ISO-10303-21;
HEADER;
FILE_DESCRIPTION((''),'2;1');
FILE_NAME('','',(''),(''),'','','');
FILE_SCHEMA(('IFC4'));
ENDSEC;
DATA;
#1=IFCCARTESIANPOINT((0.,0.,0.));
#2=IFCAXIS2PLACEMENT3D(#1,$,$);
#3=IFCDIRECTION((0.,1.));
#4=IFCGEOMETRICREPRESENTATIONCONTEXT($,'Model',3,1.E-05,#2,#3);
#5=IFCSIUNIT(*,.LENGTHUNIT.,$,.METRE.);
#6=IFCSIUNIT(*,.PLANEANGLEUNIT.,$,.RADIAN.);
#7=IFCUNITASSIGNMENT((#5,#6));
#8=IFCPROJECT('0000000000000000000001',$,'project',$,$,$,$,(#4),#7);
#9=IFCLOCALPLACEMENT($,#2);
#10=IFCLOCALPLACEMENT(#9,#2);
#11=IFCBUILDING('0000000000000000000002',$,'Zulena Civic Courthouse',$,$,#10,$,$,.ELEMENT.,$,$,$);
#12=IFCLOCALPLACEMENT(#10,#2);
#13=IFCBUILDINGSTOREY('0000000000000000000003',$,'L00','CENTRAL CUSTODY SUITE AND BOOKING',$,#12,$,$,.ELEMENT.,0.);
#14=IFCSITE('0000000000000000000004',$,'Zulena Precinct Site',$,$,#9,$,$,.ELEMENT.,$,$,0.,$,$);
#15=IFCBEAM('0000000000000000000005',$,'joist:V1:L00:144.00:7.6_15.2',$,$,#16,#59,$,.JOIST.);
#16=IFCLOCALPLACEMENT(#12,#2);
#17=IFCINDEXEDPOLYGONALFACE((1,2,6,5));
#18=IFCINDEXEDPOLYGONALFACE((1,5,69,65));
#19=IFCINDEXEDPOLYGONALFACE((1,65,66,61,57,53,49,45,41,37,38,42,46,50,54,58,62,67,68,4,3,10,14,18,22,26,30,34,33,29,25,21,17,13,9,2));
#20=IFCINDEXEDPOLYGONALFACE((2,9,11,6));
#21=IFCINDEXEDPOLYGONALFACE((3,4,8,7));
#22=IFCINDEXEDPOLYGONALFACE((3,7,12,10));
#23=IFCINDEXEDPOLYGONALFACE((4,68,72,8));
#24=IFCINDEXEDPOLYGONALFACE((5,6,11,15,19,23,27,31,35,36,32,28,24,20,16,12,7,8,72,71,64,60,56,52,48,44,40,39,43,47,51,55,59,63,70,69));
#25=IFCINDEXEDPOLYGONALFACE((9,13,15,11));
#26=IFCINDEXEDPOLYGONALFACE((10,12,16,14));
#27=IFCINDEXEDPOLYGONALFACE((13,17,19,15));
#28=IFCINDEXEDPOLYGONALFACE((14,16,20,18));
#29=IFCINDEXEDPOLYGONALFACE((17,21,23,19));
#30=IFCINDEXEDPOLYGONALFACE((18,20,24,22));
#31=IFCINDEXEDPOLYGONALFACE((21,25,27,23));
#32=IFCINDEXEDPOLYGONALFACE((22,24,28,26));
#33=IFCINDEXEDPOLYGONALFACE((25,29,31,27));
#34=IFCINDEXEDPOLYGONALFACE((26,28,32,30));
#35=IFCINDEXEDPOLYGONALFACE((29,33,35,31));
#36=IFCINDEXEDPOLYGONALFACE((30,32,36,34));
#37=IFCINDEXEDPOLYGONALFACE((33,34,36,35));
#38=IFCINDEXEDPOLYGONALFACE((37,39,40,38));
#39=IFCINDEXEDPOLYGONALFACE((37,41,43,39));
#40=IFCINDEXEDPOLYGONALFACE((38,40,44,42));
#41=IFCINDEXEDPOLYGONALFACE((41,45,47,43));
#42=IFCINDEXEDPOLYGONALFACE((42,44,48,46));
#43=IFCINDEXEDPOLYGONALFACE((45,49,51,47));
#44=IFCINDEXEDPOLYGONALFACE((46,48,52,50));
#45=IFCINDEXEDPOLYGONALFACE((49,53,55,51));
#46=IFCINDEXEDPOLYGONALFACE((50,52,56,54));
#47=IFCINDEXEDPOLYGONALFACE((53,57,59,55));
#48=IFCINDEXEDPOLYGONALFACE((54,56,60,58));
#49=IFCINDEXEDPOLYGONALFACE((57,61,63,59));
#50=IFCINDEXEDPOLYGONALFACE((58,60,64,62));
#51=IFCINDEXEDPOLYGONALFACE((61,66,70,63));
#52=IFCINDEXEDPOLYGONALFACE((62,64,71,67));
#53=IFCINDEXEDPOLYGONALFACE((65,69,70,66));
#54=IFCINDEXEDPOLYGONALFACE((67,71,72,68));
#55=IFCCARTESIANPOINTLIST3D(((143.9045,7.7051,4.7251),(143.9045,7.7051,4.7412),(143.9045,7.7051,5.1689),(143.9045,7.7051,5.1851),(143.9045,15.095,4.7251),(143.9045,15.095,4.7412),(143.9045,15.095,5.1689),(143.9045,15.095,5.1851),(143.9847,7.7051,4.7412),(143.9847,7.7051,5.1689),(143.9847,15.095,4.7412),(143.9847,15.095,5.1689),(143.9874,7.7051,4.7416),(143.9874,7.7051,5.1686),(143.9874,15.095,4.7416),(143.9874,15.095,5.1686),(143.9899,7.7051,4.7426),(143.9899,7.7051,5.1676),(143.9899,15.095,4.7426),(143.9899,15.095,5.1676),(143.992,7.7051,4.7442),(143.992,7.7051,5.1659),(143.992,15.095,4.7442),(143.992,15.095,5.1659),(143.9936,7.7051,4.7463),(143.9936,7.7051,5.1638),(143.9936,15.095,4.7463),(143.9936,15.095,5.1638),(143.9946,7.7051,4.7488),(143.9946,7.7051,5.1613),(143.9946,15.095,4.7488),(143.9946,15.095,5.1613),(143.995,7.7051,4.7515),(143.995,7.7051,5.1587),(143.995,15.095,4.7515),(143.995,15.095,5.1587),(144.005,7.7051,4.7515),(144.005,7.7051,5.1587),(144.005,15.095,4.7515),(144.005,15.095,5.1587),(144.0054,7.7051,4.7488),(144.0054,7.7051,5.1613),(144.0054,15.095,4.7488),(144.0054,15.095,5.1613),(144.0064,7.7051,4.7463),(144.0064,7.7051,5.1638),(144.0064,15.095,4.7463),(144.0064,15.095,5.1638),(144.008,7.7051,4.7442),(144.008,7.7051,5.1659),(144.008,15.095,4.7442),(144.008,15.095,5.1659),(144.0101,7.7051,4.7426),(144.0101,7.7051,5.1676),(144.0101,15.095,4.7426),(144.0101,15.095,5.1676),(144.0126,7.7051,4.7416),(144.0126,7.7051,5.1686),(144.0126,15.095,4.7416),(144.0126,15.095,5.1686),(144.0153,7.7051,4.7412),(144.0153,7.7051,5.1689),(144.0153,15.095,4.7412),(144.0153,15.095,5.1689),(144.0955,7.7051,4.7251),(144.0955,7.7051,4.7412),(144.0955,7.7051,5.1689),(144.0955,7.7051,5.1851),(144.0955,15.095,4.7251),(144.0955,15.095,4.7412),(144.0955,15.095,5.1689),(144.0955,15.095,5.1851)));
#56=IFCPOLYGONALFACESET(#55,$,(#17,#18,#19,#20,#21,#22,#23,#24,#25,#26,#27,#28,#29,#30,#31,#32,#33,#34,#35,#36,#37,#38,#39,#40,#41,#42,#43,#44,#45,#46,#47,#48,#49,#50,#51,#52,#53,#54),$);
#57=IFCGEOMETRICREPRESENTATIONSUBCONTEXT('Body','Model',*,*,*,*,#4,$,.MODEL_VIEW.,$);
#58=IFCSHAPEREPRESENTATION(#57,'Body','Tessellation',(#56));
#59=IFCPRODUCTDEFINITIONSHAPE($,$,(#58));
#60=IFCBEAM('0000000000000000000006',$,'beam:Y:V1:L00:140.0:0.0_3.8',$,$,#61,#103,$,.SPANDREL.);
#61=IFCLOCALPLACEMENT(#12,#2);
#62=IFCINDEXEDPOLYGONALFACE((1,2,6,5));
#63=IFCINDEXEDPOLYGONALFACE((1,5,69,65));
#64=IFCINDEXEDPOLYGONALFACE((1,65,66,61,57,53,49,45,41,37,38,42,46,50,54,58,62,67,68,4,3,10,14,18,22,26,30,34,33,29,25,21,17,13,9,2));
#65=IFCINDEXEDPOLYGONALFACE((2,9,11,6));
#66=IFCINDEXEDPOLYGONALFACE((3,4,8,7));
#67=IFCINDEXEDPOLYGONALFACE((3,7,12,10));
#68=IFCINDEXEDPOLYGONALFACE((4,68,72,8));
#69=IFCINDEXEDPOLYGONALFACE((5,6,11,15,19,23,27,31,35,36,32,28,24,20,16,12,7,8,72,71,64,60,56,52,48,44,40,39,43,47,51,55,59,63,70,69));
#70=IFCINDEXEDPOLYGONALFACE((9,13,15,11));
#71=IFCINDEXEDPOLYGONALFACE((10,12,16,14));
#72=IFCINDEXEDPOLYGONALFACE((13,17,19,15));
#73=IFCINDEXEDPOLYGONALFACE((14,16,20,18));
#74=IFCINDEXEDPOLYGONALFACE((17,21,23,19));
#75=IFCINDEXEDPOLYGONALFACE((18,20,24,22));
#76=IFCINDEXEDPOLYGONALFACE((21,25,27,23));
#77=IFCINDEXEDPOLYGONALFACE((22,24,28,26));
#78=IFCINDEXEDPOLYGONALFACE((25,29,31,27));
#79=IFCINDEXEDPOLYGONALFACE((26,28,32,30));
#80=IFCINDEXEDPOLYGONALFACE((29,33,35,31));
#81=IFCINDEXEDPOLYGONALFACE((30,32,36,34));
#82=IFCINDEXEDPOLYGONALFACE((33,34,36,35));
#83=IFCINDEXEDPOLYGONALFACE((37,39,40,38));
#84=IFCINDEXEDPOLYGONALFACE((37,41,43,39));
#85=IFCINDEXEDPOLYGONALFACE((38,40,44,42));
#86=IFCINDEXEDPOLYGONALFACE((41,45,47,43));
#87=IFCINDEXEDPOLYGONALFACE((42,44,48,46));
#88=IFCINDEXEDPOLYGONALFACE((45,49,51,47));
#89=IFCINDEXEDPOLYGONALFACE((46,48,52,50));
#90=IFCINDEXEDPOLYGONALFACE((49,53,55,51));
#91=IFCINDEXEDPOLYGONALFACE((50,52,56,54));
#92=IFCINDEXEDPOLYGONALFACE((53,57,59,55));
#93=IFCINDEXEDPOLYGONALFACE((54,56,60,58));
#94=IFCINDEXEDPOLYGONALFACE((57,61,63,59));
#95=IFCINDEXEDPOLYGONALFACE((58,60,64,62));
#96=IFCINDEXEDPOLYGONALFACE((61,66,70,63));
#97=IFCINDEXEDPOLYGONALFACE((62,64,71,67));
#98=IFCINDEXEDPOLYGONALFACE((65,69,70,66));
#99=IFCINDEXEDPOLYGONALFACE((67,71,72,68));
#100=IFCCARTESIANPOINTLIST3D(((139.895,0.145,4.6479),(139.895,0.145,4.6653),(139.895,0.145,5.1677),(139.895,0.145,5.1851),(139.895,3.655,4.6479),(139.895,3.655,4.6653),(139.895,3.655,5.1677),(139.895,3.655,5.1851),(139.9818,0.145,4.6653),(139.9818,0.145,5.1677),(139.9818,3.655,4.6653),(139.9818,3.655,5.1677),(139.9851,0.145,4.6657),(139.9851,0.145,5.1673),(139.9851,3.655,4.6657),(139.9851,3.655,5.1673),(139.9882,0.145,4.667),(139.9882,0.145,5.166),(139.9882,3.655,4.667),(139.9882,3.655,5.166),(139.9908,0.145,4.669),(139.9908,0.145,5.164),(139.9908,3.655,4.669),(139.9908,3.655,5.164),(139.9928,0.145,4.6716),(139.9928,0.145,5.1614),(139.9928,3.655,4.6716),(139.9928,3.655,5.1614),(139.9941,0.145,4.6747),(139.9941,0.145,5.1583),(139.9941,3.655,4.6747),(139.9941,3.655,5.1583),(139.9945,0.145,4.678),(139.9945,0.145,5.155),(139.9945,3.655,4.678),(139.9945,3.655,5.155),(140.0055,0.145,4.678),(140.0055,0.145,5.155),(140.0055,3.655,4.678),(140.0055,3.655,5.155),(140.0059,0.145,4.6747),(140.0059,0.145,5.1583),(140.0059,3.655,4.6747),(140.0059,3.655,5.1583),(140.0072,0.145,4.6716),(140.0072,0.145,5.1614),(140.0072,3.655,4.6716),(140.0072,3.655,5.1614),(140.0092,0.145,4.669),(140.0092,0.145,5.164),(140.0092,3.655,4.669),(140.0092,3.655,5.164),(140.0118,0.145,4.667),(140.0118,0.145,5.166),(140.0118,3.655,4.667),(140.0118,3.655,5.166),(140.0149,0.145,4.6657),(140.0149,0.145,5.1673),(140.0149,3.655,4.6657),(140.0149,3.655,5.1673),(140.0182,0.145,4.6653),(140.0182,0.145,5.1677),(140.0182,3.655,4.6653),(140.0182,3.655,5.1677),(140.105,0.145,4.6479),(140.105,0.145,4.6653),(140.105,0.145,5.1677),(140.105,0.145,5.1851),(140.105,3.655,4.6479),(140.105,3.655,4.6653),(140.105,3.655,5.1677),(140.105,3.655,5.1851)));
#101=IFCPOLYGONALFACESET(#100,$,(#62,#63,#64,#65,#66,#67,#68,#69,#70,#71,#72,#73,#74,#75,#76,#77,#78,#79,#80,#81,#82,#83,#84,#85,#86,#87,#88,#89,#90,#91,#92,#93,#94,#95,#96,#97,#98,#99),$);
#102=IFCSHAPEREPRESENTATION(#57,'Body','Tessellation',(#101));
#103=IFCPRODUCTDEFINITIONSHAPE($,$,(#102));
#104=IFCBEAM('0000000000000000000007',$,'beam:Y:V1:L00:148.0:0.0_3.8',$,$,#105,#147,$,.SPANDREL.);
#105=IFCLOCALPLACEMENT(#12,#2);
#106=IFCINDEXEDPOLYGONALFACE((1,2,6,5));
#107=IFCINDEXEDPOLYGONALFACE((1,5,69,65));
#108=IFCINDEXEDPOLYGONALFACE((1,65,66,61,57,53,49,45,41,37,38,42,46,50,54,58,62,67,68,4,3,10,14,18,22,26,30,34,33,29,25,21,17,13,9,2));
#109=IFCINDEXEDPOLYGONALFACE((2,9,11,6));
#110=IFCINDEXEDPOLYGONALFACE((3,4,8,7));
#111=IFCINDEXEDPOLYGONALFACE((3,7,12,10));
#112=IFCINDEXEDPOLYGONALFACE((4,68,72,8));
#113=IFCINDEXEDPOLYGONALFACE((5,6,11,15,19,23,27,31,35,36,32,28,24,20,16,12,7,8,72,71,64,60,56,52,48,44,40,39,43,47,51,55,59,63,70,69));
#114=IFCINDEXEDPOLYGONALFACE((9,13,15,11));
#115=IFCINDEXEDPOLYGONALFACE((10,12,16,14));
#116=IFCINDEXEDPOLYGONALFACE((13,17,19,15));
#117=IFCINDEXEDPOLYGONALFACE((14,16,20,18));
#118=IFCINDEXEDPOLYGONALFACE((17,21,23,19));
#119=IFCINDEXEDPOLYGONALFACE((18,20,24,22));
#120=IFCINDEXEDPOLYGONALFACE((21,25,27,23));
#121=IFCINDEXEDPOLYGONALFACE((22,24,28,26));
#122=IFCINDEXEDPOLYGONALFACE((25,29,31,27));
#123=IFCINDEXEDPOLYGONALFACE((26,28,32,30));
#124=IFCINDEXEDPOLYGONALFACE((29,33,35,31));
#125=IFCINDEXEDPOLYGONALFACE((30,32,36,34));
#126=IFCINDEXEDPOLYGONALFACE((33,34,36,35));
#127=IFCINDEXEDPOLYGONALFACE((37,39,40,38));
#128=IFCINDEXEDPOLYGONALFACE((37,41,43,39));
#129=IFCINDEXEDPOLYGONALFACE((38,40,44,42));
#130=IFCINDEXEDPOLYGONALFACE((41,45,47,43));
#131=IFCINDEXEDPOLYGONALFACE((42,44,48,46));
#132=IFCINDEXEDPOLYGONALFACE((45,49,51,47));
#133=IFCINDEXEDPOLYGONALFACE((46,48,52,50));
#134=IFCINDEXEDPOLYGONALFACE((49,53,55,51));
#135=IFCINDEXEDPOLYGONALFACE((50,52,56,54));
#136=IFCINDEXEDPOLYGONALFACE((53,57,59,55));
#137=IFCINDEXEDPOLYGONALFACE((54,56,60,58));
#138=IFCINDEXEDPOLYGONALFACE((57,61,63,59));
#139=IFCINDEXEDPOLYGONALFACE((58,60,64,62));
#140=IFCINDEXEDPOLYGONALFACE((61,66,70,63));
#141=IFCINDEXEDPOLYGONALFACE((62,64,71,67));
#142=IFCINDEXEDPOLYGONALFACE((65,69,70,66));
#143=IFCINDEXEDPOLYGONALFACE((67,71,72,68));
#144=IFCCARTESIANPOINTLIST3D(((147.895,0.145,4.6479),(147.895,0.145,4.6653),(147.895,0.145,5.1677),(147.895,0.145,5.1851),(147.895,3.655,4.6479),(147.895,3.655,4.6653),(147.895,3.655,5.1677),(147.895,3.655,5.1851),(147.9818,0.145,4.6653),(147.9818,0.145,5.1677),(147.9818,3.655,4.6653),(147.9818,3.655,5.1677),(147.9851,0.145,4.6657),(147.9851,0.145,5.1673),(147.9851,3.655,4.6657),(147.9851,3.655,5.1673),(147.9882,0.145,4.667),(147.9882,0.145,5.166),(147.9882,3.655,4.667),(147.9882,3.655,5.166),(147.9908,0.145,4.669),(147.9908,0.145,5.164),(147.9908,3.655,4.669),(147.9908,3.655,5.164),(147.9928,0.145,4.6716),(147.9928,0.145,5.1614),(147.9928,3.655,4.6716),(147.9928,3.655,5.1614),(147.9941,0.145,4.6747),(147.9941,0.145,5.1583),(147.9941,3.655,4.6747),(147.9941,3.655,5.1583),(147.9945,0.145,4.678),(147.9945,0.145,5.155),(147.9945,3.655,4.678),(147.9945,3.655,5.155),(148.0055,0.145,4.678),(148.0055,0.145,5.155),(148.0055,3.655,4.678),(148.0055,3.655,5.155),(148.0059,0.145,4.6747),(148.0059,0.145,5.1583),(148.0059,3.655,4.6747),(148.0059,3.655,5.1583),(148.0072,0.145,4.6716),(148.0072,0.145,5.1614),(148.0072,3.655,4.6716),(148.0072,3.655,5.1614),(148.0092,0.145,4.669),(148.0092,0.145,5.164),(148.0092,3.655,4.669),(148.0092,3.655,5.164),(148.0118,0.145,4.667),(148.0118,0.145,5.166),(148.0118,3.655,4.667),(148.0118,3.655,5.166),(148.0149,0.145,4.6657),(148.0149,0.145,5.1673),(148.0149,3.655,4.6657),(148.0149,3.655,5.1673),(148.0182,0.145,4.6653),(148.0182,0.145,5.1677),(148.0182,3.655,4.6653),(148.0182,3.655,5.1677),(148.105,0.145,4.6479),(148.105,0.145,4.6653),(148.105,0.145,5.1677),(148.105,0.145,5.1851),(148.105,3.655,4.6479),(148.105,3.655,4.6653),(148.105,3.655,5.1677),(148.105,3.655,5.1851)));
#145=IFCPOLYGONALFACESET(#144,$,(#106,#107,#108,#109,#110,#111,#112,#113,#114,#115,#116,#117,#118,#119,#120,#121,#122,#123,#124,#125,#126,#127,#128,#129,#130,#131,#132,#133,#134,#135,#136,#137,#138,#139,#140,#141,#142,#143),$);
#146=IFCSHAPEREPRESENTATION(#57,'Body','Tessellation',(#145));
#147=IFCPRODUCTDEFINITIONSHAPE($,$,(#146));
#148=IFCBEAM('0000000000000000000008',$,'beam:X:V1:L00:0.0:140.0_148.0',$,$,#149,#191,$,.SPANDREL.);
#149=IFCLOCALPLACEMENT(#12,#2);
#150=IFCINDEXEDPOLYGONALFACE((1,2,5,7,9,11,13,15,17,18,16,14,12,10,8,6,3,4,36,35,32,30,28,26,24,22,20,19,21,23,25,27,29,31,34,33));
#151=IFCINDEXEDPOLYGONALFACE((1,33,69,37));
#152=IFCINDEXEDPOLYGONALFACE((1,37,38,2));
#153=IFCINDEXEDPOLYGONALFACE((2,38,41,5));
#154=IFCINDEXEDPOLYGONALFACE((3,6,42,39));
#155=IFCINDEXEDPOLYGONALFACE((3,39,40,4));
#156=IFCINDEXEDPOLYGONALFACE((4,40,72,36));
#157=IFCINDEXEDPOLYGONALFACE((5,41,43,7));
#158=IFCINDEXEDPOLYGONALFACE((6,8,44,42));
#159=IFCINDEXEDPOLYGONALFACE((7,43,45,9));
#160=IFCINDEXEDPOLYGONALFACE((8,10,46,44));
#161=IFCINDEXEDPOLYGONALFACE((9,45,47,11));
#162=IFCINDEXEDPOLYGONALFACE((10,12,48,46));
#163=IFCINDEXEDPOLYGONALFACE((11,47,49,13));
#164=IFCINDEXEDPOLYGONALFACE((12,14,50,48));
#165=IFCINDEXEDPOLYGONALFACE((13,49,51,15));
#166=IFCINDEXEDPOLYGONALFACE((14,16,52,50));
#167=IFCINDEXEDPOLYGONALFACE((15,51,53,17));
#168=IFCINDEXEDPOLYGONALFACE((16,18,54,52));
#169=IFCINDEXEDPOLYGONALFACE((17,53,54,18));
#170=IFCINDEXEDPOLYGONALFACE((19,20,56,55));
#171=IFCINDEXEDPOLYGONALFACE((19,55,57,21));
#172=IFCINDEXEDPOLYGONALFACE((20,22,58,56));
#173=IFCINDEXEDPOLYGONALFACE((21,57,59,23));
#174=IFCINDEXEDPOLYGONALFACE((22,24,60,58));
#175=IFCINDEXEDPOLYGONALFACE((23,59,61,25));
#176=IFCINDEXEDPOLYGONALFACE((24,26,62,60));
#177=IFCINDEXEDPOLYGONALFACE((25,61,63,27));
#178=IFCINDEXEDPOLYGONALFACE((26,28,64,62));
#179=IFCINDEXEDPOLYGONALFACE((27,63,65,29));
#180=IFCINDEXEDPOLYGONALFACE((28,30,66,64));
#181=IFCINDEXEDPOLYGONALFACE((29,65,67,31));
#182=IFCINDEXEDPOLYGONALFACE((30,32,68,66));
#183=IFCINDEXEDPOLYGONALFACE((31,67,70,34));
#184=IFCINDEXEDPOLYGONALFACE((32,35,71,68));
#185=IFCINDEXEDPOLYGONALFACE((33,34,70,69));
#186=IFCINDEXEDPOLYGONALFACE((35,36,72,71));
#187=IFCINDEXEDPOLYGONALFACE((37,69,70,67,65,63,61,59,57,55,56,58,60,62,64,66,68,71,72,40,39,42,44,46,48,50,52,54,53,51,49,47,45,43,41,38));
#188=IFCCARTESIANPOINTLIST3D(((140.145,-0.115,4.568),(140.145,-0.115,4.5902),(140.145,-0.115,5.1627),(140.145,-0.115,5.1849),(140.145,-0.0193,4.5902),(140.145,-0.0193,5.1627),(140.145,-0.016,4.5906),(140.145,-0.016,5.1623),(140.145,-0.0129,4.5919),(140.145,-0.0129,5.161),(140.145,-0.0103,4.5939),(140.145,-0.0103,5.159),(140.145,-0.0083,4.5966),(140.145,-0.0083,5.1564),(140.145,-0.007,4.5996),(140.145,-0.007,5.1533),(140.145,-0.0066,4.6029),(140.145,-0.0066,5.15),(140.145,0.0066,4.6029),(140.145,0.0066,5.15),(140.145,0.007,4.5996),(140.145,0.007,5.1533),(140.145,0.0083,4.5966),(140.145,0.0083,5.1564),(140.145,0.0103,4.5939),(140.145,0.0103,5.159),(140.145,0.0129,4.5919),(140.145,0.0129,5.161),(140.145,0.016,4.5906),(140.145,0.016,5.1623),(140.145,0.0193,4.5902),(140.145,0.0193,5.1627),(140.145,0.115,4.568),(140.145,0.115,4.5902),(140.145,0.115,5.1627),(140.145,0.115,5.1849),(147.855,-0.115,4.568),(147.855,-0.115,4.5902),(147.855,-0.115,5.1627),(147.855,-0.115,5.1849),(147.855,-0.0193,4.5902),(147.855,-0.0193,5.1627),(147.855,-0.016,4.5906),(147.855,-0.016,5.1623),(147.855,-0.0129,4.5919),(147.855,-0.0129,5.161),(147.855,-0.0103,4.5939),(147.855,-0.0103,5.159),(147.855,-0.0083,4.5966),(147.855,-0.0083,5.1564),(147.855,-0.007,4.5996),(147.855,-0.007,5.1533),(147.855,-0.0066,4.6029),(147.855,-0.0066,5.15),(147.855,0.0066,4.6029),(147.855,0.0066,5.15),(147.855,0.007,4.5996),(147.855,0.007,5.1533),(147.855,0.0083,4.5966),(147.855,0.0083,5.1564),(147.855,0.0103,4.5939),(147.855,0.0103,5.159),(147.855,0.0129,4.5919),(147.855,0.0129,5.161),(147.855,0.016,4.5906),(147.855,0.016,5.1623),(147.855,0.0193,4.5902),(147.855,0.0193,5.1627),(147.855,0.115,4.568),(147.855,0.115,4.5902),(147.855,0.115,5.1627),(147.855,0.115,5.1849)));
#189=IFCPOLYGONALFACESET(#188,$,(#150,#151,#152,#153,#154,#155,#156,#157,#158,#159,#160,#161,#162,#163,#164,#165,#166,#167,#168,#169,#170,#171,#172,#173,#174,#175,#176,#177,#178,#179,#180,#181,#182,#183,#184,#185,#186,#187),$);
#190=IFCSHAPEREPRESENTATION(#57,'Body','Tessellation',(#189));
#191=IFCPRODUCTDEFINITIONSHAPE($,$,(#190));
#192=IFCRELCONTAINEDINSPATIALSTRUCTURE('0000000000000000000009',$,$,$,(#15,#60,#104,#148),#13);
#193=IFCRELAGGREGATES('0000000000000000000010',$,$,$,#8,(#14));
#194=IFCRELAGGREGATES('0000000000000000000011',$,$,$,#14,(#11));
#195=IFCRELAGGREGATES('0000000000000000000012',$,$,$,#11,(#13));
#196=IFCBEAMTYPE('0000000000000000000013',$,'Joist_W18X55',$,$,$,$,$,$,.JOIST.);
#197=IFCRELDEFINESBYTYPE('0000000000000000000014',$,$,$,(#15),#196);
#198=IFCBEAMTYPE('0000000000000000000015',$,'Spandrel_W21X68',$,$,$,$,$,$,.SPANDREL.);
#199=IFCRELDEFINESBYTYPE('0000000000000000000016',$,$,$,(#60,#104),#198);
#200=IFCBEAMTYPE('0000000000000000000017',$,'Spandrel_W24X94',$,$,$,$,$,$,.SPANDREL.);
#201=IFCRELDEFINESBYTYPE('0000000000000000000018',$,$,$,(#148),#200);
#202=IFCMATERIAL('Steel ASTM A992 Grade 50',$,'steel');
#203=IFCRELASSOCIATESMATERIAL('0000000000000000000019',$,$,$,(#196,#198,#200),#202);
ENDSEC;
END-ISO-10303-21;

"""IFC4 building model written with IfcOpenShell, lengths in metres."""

from ifc_helpers import new_model, si_unit, direction, frame, origin, origin_2d, place, context, subcontext, project, spatial, i_section, extrude, material, material_profile, profile_set, type_object, element, save


model = new_model("IFC4")

# Units and contexts
model_context = context("Model", 3, precision=1e-05, world=origin(), true_north=direction((0.0, 1.0)))
body_context = subcontext(model_context, "Body", "Model", "MODEL_VIEW")
ifc_project = project(units=[si_unit("LENGTHUNIT", "METRE"), si_unit("PLANEANGLEUNIT", "RADIAN")], contexts=[model_context])

# Site, building, storey
site_placement = place(None, origin())
site = spatial("IfcSite", under=ifc_project, at=site_placement, Name="Zulena Precinct Site", CompositionType="ELEMENT", RefElevation=0.0)
building_placement = place(site_placement, origin())
building = spatial("IfcBuilding", under=site, at=building_placement, Name="Zulena Civic Courthouse", CompositionType="ELEMENT")
storey_placement = place(building_placement, origin())
storey = spatial("IfcBuildingStorey", under=building, at=storey_placement, Name="L00", Description="CENTRAL CUSTODY SUITE AND BOOKING", CompositionType="ELEMENT", Elevation=0.0)

# Shared definitions
ifc_material_1 = material(Name="Steel ASTM A992 Grade 50", Category="steel")

# Beams
ifc_material_profile_1 = material_profile(ifc_material_1, i_section(OverallWidth=0.1909, OverallDepth=0.46, WebThickness=0.01, FlangeThickness=0.0161, FilletRadius=0.0103, at=origin_2d()), Name="W18X55")
ifc_profile_set_1 = profile_set([ifc_material_profile_1], Name="Steel ASTM A992 Grade 50")
beam_type_1 = type_object("IfcBeamType", Name="Joist_W18X55", PredefinedType="JOIST", material=ifc_profile_set_1)
beam_1_placement = place(storey_placement, frame((144.0, 7.7051, 4.9551), z_axis=(0.0, 1.0, 0.0), x_axis=(-1.0, 0.0, 0.0)))
element("IfcBeam", 1, at=beam_1_placement, inside=storey, type_object=beam_type_1, Name="joist:V1:L00:144.00:7.6_15.2", PredefinedType="JOIST", context=body_context, shape_type="SweptSolid", body=[
    extrude(i_section(OverallWidth=0.1909, OverallDepth=0.46, WebThickness=0.01, FlangeThickness=0.0161, FilletRadius=0.0103, at=origin_2d()), origin(), (0.0, 0.0, 1.0), 7.3899),
])
ifc_material_profile_2 = material_profile(ifc_material_1, i_section(OverallWidth=0.21, OverallDepth=0.5371, WebThickness=0.011, FlangeThickness=0.0173, FilletRadius=0.0127, at=origin_2d()), Name="W21X68")
ifc_profile_set_2 = profile_set([ifc_material_profile_2], Name="Steel ASTM A992 Grade 50")
beam_type_2 = type_object("IfcBeamType", Name="Spandrel_W21X68", PredefinedType="SPANDREL", material=ifc_profile_set_2)
for number, where, z_axis, x_axis, name in (
    (2, (140.0, 0.145, 4.9165), (0.0, 1.0, 0.0), (-1.0, 0.0, 0.0), "beam:Y:V1:L00:140.0:0.0_3.8"),
    (3, (148.0, 0.145, 4.9165), (0.0, 1.0, 0.0), (-1.0, 0.0, 0.0), "beam:Y:V1:L00:148.0:0.0_3.8"),
):
    element("IfcBeam", number, at=place(storey_placement, frame(where, z_axis=z_axis, x_axis=x_axis)), inside=storey, type_object=beam_type_2, Name=name, PredefinedType="SPANDREL", context=body_context, shape_type="SweptSolid", body=[
        extrude(i_section(OverallWidth=0.21, OverallDepth=0.5371, WebThickness=0.011, FlangeThickness=0.0173, FilletRadius=0.0127, at=origin_2d()), origin(), (0.0, 0.0, 1.0), 3.51),
    ])
ifc_material_profile_3 = material_profile(ifc_material_1, i_section(OverallWidth=0.23, OverallDepth=0.6169, WebThickness=0.0132, FlangeThickness=0.0222, FilletRadius=0.0127, at=origin_2d()), Name="W24X94")
ifc_profile_set_3 = profile_set([ifc_material_profile_3], Name="Steel ASTM A992 Grade 50")
beam_type_3 = type_object("IfcBeamType", Name="Spandrel_W24X94", PredefinedType="SPANDREL", material=ifc_profile_set_3)
beam_2_placement = place(storey_placement, frame((140.145, 0.0, 4.8765), z_axis=(1.0, 0.0, 0.0), x_axis=(0.0, 1.0, 0.0)))
element("IfcBeam", 4, at=beam_2_placement, inside=storey, type_object=beam_type_3, Name="beam:X:V1:L00:0.0:140.0_148.0", PredefinedType="SPANDREL", context=body_context, shape_type="SweptSolid", body=[
    extrude(i_section(OverallWidth=0.23, OverallDepth=0.6169, WebThickness=0.0132, FlangeThickness=0.0222, FilletRadius=0.0127, at=origin_2d()), origin(), (0.0, 0.0, 1.0), 7.71),
])

save(model, "model.ifc")
